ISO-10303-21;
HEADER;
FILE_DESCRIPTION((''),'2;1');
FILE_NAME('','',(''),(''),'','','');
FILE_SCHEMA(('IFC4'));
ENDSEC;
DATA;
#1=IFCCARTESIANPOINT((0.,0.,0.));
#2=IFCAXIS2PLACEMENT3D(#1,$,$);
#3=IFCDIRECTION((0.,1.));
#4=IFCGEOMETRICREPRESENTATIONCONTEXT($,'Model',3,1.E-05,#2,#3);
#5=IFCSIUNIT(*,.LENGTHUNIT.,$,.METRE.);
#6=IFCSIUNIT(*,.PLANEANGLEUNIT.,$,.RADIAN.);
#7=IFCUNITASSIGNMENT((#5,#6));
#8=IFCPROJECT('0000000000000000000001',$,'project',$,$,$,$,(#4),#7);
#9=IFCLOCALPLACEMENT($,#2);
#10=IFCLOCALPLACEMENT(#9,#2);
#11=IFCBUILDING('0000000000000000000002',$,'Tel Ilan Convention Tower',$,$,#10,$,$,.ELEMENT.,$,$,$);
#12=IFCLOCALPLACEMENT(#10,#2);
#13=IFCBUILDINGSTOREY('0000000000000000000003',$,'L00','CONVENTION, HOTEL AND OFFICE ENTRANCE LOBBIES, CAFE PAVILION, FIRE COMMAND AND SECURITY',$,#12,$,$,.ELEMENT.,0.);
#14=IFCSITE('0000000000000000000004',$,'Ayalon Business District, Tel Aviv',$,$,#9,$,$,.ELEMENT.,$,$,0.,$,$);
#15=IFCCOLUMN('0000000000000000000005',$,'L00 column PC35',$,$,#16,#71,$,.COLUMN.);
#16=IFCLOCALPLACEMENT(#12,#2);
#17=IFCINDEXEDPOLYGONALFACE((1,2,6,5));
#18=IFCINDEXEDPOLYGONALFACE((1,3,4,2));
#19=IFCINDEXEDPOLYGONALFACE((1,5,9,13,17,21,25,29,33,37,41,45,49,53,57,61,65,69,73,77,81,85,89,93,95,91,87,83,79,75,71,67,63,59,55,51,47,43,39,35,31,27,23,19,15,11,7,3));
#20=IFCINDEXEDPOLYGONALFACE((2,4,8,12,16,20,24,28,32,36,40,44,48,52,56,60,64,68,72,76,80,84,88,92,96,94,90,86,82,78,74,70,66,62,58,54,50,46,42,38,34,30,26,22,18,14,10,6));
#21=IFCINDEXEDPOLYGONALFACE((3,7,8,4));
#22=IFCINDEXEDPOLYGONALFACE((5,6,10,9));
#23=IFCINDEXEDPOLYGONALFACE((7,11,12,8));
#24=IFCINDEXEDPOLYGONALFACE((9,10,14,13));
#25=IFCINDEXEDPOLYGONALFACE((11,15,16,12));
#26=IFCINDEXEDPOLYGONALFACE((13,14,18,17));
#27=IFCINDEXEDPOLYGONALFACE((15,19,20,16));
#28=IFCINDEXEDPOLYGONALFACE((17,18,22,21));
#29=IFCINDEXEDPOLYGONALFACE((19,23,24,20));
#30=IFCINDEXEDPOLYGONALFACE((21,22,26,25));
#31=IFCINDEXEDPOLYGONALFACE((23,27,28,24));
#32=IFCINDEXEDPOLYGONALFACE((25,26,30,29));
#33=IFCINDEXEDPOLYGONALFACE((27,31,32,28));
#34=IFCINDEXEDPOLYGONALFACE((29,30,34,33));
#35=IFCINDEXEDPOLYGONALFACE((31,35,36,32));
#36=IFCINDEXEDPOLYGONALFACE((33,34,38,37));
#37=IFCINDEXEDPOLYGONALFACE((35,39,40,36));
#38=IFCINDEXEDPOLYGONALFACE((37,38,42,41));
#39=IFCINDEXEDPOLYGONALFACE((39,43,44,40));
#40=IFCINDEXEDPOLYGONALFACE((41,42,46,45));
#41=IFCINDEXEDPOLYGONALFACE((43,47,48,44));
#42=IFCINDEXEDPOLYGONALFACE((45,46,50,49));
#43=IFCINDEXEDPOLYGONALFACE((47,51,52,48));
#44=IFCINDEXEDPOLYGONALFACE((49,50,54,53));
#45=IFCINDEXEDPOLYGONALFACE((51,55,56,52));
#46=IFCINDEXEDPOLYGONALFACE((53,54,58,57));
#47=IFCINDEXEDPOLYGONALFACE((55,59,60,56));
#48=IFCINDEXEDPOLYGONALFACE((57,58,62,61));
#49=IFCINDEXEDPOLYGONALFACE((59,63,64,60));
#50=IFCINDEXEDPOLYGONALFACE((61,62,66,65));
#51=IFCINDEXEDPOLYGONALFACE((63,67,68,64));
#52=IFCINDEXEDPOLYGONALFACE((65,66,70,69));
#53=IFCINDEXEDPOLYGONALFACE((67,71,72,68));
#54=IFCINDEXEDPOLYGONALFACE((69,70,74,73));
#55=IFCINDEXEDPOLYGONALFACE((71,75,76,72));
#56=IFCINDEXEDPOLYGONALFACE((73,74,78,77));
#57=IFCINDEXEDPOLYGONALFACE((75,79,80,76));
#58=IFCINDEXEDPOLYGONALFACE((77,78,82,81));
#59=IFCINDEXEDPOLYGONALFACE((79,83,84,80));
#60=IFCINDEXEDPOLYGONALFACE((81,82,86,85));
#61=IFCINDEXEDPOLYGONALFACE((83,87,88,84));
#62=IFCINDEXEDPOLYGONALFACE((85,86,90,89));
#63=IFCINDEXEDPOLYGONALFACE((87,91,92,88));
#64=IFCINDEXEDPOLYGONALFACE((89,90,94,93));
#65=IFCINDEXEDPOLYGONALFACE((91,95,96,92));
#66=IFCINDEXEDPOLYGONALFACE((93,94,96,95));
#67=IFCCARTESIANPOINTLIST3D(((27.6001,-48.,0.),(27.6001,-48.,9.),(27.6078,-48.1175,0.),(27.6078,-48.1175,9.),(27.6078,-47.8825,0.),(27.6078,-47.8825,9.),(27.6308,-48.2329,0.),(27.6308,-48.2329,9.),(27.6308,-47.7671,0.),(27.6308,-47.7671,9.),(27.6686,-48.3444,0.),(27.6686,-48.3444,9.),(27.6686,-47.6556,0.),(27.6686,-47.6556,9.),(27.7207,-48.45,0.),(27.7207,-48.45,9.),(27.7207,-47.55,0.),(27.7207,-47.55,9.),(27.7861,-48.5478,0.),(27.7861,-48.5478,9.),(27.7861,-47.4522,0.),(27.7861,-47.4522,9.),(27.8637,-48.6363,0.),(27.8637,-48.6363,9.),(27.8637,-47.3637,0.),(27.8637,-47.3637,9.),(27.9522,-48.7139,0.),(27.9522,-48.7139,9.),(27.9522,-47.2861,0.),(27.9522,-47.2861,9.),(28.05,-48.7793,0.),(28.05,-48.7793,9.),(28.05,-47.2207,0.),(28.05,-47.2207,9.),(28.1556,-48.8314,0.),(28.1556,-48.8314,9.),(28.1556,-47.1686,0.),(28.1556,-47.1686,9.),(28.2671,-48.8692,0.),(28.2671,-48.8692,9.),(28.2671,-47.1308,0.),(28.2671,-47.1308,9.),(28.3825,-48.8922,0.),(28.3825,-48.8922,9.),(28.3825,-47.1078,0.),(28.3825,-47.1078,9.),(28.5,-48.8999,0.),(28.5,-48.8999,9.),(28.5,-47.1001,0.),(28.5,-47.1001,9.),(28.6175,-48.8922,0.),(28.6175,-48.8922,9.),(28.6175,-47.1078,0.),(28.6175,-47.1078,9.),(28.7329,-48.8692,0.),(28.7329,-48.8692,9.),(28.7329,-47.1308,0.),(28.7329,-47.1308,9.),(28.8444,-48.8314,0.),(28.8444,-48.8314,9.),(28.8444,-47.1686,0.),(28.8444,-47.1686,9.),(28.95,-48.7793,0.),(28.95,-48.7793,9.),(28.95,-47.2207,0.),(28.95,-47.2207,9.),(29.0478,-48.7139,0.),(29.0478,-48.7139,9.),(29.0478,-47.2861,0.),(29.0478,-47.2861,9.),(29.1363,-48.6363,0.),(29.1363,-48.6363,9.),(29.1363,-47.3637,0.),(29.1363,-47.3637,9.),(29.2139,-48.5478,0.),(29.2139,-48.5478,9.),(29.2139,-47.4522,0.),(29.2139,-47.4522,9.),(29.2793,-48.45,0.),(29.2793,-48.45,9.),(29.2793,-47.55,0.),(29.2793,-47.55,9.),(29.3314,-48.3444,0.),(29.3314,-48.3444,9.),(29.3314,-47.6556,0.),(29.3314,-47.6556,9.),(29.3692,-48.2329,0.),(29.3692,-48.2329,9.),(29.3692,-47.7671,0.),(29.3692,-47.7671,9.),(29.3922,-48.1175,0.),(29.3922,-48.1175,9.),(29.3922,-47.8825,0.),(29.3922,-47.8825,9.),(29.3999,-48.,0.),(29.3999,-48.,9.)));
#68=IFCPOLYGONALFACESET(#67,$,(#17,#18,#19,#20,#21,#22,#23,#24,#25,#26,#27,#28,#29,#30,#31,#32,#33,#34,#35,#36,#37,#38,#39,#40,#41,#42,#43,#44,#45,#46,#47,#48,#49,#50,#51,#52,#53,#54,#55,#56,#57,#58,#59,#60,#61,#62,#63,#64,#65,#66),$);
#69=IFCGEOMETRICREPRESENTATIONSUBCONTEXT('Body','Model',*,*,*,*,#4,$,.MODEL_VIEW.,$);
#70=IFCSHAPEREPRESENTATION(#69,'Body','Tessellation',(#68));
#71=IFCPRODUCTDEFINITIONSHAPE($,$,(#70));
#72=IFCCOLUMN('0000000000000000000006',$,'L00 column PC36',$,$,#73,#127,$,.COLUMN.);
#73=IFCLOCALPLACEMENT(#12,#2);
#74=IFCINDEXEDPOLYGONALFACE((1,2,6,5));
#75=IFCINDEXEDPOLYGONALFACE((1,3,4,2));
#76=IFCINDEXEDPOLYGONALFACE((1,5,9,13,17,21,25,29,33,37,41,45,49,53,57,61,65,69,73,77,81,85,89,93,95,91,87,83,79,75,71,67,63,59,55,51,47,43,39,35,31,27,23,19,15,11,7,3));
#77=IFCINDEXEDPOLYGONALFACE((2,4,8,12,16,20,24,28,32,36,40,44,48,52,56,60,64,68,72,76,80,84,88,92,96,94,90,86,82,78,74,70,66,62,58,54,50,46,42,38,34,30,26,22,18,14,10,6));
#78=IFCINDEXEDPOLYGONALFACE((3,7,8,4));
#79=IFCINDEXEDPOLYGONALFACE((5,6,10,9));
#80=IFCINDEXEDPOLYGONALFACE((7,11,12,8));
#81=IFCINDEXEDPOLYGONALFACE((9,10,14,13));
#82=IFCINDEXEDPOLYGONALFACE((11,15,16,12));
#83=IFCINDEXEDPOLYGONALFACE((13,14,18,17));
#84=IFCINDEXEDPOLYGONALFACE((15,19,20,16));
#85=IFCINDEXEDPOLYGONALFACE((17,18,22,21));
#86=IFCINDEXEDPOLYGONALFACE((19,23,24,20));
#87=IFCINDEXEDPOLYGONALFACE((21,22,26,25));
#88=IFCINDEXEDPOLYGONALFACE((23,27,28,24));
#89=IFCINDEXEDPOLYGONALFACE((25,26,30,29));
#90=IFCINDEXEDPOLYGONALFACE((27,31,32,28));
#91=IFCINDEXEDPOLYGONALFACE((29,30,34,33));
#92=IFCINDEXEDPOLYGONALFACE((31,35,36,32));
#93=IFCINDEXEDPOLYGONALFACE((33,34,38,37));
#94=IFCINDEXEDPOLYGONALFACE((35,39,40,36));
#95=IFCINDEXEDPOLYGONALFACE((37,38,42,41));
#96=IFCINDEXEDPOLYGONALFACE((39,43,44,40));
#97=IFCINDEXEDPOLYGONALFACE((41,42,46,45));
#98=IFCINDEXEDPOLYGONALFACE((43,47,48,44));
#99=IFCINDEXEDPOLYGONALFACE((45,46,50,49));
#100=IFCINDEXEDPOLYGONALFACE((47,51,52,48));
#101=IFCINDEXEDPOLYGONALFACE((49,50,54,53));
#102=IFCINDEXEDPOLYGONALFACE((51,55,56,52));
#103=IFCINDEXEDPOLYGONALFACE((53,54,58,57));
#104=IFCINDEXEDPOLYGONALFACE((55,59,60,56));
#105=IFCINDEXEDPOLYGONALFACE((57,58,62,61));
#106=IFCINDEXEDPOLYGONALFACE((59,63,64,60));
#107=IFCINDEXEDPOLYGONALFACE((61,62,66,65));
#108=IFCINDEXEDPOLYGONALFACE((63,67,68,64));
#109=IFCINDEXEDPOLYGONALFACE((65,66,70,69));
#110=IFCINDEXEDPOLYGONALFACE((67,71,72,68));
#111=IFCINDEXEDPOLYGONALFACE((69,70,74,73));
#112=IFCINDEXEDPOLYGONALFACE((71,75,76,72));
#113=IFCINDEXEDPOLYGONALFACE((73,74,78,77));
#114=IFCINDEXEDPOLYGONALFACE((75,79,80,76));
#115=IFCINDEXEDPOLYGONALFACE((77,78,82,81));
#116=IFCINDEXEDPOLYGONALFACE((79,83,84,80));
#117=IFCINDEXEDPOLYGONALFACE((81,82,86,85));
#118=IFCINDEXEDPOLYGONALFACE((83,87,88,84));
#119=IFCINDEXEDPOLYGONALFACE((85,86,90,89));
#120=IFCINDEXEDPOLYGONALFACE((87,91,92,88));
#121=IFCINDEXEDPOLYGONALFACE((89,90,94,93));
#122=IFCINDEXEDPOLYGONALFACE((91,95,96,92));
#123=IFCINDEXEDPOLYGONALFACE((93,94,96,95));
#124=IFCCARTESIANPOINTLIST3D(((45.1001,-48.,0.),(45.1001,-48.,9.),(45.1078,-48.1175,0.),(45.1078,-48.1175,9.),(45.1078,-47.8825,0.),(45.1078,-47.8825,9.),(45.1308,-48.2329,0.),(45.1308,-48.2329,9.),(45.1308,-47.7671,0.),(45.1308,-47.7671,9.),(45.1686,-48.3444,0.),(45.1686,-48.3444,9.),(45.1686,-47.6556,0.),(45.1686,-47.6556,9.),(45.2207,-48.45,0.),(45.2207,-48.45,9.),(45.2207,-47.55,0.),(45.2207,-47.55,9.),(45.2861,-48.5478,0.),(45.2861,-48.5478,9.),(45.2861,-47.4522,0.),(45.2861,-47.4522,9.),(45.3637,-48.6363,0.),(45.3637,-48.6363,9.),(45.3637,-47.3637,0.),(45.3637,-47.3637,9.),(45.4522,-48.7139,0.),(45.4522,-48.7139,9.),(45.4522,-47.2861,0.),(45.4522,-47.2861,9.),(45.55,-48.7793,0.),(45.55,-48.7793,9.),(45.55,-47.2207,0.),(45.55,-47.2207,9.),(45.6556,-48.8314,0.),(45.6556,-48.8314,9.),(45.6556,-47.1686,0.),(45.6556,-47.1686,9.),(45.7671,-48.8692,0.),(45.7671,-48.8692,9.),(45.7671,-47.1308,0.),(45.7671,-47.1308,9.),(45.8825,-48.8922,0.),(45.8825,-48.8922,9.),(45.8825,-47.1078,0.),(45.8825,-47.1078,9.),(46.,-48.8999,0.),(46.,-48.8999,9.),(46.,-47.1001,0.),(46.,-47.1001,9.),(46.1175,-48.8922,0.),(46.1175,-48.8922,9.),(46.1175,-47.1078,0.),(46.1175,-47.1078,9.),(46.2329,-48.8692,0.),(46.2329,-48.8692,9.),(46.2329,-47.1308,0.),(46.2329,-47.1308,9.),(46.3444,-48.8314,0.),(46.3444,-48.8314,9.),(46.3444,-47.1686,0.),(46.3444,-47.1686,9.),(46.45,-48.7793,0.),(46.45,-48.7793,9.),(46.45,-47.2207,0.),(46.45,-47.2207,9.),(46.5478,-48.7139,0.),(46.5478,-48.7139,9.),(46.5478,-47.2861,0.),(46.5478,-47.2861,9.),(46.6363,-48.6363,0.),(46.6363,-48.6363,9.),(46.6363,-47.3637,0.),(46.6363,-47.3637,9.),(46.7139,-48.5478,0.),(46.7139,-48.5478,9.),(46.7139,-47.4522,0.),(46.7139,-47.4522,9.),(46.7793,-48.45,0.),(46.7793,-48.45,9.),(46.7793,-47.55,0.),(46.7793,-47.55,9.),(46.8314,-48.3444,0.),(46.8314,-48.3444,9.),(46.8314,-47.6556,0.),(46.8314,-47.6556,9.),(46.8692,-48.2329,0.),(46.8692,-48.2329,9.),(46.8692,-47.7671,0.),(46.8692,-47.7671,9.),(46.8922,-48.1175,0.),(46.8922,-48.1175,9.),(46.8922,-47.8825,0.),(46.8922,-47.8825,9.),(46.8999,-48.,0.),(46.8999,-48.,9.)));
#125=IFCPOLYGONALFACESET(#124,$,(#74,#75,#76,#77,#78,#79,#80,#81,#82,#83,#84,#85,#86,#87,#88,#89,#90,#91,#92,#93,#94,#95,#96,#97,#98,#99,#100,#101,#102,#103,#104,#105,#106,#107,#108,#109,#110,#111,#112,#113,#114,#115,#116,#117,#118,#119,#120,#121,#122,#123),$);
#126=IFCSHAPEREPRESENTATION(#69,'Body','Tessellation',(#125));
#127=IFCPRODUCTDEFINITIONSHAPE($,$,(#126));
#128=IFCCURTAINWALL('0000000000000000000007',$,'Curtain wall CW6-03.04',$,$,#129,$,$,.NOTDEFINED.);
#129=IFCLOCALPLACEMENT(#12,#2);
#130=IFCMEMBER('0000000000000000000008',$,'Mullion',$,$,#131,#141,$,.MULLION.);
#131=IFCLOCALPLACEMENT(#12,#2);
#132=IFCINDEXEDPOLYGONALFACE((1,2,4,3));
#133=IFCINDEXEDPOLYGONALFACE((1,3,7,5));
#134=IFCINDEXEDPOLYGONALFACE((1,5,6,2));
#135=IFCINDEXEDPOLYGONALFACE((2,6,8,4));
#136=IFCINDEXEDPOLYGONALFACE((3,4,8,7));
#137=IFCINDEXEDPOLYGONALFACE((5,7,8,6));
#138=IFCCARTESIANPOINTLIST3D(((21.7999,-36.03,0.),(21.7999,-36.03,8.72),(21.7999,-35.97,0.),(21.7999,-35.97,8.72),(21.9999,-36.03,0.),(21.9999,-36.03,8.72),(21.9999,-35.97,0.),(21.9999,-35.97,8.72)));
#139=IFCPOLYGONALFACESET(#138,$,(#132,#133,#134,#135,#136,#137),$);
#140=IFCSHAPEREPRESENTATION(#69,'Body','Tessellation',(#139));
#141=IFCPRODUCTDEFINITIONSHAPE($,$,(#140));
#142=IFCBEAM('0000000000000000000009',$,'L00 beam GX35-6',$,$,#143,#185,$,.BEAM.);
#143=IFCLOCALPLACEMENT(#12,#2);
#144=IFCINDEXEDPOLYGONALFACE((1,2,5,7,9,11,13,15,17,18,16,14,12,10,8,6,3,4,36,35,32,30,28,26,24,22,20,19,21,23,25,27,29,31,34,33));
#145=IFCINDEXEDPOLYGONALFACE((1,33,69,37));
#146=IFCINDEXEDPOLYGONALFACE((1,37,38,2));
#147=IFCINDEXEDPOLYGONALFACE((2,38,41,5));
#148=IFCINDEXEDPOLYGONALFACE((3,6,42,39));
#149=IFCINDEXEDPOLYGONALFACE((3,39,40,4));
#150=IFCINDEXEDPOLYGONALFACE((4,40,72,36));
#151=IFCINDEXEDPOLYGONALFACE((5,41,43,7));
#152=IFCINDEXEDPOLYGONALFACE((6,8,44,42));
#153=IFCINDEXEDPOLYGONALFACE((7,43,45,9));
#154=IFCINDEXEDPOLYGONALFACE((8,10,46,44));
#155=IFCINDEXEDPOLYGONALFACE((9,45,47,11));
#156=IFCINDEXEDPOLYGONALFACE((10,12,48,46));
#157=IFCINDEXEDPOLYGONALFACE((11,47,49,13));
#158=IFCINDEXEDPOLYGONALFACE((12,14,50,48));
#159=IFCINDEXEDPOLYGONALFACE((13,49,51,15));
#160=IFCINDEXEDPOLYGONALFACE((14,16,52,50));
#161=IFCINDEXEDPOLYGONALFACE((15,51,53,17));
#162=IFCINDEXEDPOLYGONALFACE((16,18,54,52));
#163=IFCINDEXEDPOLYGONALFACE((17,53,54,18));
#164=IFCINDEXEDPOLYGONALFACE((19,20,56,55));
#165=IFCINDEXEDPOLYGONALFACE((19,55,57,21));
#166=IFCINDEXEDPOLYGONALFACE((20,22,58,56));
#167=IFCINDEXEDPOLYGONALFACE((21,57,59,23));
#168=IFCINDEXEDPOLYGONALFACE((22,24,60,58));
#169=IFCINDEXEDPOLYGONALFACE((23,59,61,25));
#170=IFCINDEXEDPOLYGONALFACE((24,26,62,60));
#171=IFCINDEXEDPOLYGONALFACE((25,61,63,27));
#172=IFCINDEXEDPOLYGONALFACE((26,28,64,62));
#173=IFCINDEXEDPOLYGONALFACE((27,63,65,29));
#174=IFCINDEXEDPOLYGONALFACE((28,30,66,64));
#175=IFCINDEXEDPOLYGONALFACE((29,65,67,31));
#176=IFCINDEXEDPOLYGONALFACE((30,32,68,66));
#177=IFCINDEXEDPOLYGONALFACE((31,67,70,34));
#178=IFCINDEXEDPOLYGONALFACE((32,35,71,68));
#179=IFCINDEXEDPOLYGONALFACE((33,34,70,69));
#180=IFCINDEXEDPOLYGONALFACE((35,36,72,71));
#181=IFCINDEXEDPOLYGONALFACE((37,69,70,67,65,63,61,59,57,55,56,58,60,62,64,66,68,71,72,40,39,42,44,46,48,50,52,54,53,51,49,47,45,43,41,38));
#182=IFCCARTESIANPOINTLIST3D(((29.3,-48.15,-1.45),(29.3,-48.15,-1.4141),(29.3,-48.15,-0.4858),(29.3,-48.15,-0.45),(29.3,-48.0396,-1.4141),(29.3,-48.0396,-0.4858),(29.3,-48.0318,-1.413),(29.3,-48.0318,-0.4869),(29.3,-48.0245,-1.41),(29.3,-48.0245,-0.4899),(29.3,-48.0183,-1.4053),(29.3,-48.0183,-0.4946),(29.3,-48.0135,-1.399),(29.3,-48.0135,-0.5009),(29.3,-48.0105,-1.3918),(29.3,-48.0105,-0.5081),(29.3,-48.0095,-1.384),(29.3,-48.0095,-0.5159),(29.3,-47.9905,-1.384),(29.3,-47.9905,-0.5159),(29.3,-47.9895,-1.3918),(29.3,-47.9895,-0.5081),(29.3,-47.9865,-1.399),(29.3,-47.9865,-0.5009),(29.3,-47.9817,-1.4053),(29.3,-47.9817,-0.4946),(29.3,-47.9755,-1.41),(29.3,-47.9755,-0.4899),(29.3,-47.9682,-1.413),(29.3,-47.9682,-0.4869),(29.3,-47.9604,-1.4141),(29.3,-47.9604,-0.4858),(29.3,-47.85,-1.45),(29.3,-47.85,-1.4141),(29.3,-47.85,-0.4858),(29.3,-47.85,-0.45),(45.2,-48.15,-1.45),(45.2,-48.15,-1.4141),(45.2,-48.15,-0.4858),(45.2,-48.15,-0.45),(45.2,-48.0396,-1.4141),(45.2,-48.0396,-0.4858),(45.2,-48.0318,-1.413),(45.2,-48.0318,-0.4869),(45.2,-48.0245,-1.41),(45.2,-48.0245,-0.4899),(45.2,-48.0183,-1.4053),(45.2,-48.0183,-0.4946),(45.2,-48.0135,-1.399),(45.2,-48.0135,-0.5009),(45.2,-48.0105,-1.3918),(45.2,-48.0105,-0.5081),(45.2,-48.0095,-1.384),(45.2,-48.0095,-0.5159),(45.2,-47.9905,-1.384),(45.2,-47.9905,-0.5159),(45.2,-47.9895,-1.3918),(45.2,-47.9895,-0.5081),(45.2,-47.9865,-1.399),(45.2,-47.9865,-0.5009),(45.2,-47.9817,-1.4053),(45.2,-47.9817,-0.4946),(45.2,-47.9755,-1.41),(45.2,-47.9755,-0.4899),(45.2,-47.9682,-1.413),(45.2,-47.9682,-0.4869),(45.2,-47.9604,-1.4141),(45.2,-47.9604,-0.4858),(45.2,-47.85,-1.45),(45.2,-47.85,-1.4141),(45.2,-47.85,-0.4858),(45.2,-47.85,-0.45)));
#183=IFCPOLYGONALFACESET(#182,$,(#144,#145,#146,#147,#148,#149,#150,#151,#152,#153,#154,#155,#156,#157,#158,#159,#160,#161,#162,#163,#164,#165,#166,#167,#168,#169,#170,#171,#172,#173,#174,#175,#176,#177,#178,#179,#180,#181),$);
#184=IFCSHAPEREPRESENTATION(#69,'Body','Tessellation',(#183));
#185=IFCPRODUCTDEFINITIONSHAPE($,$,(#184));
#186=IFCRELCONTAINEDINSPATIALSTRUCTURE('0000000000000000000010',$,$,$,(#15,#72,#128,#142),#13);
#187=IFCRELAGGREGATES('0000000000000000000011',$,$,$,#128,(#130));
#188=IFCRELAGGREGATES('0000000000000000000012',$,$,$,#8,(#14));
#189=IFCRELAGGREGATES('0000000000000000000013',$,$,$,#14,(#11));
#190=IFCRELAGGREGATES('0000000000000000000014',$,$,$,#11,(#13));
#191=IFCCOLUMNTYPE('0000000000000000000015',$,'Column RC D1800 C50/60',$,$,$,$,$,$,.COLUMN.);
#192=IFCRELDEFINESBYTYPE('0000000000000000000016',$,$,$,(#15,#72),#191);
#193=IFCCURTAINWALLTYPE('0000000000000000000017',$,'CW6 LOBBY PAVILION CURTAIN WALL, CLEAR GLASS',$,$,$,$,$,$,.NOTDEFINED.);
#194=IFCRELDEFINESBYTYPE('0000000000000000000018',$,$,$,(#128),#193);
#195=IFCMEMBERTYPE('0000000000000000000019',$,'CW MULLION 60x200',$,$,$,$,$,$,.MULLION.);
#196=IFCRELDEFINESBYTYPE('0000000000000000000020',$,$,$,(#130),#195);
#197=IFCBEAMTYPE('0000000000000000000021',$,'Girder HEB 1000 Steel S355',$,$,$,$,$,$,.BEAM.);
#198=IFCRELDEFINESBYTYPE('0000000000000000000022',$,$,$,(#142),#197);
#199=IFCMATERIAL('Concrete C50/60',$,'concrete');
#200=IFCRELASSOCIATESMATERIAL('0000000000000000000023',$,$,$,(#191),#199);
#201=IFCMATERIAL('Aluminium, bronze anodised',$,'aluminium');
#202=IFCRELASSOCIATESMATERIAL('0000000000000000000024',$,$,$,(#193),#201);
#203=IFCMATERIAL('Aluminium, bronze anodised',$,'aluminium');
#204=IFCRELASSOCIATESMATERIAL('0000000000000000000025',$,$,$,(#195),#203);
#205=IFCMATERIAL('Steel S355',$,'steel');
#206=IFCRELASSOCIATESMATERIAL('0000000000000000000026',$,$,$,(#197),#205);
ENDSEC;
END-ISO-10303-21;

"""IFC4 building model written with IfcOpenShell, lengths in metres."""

from ifc_helpers import new_model, si_unit, direction, frame, origin, origin_2d, place, context, subcontext, project, spatial, rectangle, circle, i_section, extrude, material, material_profile, profile_set, type_object, element, aggregate, save


model = new_model("IFC4")

# Units and contexts
model_context = context("Model", 3, precision=1e-05, world=origin(), true_north=direction((0.0, 1.0)))
body_context = subcontext(model_context, "Body", "Model", "MODEL_VIEW")
ifc_project = project(units=[si_unit("LENGTHUNIT", "METRE"), si_unit("PLANEANGLEUNIT", "RADIAN")], contexts=[model_context])

# Site, building, storey
site_placement = place(None, origin())
site = spatial("IfcSite", under=ifc_project, at=site_placement, Name="Ayalon Business District, Tel Aviv", CompositionType="ELEMENT", RefElevation=0.0)
building_placement = place(site_placement, origin())
building = spatial("IfcBuilding", under=site, at=building_placement, Name="Tel Ilan Convention Tower", CompositionType="ELEMENT")
storey_placement = place(building_placement, origin())
storey = spatial("IfcBuildingStorey", under=building, at=storey_placement, Name="L00", Description="CONVENTION, HOTEL AND OFFICE ENTRANCE LOBBIES, CAFE PAVILION, FIRE COMMAND AND SECURITY", CompositionType="ELEMENT", Elevation=0.0)

# Columns
ifc_material_1 = material(Name="Concrete C50/60", Category="concrete")
ifc_material_profile_1 = material_profile(ifc_material_1, circle(Radius=0.8999, at=origin_2d()), Name="RC D1800")
ifc_profile_set_1 = profile_set([ifc_material_profile_1], Name="Concrete C50/60")
column_type = type_object("IfcColumnType", Name="Column RC D1800 C50/60", PredefinedType="COLUMN", material=ifc_profile_set_1)
for number, where, z_axis, x_axis, name in (
    (1, (28.5, -48.0, 0.0), (0.0, 0.0, 1.0), (1.0, 0.0, 0.0), "L00 column PC35"),
    (2, (46.0, -48.0, 0.0), (0.0, 0.0, 1.0), (1.0, 0.0, 0.0), "L00 column PC36"),
):
    element("IfcColumn", number, at=place(storey_placement, frame(where, z_axis=z_axis, x_axis=x_axis)), inside=storey, type_object=column_type, Name=name, PredefinedType="COLUMN", context=body_context, shape_type="SweptSolid", body=[
        extrude(circle(Radius=0.8999, at=origin_2d()), origin(), (0.0, 0.0, 1.0), 9.0),
    ])

# Curtain wall, member
ifc_material_2 = material(Name="Aluminium, bronze anodised", Category="aluminium")
curtain_wall_type = type_object("IfcCurtainWallType", Name="CW6 LOBBY PAVILION CURTAIN WALL, CLEAR GLASS", PredefinedType="NOTDEFINED", material=ifc_material_2)
curtain_wall_placement = place(storey_placement, origin())
curtain_wall = element("IfcCurtainWall", 3, at=curtain_wall_placement, inside=storey, type_object=curtain_wall_type, Name="Curtain wall CW6-03.04", PredefinedType="NOTDEFINED")
ifc_material_3 = material(Name="Aluminium, bronze anodised", Category="aluminium")
ifc_material_profile_2 = material_profile(ifc_material_3, rectangle(XDim=0.0601, YDim=0.2, at=origin_2d()), Name="CW MULLION 60x200")
ifc_profile_set_2 = profile_set([ifc_material_profile_2], Name="Aluminium, bronze anodised")
member_type = type_object("IfcMemberType", Name="CW MULLION 60x200", PredefinedType="MULLION", material=ifc_profile_set_2)
member_placement = place(storey_placement, frame((21.8999, -36.0, 0.0), z_axis=(0.0, 0.0, 1.0), x_axis=(0.0, -1.0, 0.0)))
member = element("IfcMember", 4, at=member_placement, type_object=member_type, Name="Mullion", PredefinedType="MULLION", context=body_context, shape_type="SweptSolid", body=[
    extrude(rectangle(XDim=0.0601, YDim=0.2, at=origin_2d()), origin(), (0.0, 0.0, 1.0), 8.72),
])
aggregate(curtain_wall, [member])

# Beam
ifc_material_4 = material(Name="Steel S355", Category="steel")
ifc_material_profile_3 = material_profile(ifc_material_4, i_section(OverallWidth=0.3, OverallDepth=1.0, WebThickness=0.019, FlangeThickness=0.0359, FilletRadius=0.03, at=origin_2d()), Name="HEB 1000")
ifc_profile_set_3 = profile_set([ifc_material_profile_3], Name="Steel S355")
beam_type_1 = type_object("IfcBeamType", Name="Girder HEB 1000 Steel S355", PredefinedType="BEAM", material=ifc_profile_set_3)
beam_placement = place(storey_placement, frame((29.3, -48.0, -0.95), z_axis=(1.0, 0.0, 0.0), x_axis=(0.0, 1.0, 0.0)))
element("IfcBeam", 5, at=beam_placement, inside=storey, type_object=beam_type_1, Name="L00 beam GX35-6", PredefinedType="BEAM", context=body_context, shape_type="SweptSolid", body=[
    extrude(i_section(OverallWidth=0.3, OverallDepth=1.0, WebThickness=0.019, FlangeThickness=0.0359, FilletRadius=0.03, at=origin_2d()), origin(), (0.0, 0.0, 1.0), 15.8999),
])

save(model, "model.ifc")
